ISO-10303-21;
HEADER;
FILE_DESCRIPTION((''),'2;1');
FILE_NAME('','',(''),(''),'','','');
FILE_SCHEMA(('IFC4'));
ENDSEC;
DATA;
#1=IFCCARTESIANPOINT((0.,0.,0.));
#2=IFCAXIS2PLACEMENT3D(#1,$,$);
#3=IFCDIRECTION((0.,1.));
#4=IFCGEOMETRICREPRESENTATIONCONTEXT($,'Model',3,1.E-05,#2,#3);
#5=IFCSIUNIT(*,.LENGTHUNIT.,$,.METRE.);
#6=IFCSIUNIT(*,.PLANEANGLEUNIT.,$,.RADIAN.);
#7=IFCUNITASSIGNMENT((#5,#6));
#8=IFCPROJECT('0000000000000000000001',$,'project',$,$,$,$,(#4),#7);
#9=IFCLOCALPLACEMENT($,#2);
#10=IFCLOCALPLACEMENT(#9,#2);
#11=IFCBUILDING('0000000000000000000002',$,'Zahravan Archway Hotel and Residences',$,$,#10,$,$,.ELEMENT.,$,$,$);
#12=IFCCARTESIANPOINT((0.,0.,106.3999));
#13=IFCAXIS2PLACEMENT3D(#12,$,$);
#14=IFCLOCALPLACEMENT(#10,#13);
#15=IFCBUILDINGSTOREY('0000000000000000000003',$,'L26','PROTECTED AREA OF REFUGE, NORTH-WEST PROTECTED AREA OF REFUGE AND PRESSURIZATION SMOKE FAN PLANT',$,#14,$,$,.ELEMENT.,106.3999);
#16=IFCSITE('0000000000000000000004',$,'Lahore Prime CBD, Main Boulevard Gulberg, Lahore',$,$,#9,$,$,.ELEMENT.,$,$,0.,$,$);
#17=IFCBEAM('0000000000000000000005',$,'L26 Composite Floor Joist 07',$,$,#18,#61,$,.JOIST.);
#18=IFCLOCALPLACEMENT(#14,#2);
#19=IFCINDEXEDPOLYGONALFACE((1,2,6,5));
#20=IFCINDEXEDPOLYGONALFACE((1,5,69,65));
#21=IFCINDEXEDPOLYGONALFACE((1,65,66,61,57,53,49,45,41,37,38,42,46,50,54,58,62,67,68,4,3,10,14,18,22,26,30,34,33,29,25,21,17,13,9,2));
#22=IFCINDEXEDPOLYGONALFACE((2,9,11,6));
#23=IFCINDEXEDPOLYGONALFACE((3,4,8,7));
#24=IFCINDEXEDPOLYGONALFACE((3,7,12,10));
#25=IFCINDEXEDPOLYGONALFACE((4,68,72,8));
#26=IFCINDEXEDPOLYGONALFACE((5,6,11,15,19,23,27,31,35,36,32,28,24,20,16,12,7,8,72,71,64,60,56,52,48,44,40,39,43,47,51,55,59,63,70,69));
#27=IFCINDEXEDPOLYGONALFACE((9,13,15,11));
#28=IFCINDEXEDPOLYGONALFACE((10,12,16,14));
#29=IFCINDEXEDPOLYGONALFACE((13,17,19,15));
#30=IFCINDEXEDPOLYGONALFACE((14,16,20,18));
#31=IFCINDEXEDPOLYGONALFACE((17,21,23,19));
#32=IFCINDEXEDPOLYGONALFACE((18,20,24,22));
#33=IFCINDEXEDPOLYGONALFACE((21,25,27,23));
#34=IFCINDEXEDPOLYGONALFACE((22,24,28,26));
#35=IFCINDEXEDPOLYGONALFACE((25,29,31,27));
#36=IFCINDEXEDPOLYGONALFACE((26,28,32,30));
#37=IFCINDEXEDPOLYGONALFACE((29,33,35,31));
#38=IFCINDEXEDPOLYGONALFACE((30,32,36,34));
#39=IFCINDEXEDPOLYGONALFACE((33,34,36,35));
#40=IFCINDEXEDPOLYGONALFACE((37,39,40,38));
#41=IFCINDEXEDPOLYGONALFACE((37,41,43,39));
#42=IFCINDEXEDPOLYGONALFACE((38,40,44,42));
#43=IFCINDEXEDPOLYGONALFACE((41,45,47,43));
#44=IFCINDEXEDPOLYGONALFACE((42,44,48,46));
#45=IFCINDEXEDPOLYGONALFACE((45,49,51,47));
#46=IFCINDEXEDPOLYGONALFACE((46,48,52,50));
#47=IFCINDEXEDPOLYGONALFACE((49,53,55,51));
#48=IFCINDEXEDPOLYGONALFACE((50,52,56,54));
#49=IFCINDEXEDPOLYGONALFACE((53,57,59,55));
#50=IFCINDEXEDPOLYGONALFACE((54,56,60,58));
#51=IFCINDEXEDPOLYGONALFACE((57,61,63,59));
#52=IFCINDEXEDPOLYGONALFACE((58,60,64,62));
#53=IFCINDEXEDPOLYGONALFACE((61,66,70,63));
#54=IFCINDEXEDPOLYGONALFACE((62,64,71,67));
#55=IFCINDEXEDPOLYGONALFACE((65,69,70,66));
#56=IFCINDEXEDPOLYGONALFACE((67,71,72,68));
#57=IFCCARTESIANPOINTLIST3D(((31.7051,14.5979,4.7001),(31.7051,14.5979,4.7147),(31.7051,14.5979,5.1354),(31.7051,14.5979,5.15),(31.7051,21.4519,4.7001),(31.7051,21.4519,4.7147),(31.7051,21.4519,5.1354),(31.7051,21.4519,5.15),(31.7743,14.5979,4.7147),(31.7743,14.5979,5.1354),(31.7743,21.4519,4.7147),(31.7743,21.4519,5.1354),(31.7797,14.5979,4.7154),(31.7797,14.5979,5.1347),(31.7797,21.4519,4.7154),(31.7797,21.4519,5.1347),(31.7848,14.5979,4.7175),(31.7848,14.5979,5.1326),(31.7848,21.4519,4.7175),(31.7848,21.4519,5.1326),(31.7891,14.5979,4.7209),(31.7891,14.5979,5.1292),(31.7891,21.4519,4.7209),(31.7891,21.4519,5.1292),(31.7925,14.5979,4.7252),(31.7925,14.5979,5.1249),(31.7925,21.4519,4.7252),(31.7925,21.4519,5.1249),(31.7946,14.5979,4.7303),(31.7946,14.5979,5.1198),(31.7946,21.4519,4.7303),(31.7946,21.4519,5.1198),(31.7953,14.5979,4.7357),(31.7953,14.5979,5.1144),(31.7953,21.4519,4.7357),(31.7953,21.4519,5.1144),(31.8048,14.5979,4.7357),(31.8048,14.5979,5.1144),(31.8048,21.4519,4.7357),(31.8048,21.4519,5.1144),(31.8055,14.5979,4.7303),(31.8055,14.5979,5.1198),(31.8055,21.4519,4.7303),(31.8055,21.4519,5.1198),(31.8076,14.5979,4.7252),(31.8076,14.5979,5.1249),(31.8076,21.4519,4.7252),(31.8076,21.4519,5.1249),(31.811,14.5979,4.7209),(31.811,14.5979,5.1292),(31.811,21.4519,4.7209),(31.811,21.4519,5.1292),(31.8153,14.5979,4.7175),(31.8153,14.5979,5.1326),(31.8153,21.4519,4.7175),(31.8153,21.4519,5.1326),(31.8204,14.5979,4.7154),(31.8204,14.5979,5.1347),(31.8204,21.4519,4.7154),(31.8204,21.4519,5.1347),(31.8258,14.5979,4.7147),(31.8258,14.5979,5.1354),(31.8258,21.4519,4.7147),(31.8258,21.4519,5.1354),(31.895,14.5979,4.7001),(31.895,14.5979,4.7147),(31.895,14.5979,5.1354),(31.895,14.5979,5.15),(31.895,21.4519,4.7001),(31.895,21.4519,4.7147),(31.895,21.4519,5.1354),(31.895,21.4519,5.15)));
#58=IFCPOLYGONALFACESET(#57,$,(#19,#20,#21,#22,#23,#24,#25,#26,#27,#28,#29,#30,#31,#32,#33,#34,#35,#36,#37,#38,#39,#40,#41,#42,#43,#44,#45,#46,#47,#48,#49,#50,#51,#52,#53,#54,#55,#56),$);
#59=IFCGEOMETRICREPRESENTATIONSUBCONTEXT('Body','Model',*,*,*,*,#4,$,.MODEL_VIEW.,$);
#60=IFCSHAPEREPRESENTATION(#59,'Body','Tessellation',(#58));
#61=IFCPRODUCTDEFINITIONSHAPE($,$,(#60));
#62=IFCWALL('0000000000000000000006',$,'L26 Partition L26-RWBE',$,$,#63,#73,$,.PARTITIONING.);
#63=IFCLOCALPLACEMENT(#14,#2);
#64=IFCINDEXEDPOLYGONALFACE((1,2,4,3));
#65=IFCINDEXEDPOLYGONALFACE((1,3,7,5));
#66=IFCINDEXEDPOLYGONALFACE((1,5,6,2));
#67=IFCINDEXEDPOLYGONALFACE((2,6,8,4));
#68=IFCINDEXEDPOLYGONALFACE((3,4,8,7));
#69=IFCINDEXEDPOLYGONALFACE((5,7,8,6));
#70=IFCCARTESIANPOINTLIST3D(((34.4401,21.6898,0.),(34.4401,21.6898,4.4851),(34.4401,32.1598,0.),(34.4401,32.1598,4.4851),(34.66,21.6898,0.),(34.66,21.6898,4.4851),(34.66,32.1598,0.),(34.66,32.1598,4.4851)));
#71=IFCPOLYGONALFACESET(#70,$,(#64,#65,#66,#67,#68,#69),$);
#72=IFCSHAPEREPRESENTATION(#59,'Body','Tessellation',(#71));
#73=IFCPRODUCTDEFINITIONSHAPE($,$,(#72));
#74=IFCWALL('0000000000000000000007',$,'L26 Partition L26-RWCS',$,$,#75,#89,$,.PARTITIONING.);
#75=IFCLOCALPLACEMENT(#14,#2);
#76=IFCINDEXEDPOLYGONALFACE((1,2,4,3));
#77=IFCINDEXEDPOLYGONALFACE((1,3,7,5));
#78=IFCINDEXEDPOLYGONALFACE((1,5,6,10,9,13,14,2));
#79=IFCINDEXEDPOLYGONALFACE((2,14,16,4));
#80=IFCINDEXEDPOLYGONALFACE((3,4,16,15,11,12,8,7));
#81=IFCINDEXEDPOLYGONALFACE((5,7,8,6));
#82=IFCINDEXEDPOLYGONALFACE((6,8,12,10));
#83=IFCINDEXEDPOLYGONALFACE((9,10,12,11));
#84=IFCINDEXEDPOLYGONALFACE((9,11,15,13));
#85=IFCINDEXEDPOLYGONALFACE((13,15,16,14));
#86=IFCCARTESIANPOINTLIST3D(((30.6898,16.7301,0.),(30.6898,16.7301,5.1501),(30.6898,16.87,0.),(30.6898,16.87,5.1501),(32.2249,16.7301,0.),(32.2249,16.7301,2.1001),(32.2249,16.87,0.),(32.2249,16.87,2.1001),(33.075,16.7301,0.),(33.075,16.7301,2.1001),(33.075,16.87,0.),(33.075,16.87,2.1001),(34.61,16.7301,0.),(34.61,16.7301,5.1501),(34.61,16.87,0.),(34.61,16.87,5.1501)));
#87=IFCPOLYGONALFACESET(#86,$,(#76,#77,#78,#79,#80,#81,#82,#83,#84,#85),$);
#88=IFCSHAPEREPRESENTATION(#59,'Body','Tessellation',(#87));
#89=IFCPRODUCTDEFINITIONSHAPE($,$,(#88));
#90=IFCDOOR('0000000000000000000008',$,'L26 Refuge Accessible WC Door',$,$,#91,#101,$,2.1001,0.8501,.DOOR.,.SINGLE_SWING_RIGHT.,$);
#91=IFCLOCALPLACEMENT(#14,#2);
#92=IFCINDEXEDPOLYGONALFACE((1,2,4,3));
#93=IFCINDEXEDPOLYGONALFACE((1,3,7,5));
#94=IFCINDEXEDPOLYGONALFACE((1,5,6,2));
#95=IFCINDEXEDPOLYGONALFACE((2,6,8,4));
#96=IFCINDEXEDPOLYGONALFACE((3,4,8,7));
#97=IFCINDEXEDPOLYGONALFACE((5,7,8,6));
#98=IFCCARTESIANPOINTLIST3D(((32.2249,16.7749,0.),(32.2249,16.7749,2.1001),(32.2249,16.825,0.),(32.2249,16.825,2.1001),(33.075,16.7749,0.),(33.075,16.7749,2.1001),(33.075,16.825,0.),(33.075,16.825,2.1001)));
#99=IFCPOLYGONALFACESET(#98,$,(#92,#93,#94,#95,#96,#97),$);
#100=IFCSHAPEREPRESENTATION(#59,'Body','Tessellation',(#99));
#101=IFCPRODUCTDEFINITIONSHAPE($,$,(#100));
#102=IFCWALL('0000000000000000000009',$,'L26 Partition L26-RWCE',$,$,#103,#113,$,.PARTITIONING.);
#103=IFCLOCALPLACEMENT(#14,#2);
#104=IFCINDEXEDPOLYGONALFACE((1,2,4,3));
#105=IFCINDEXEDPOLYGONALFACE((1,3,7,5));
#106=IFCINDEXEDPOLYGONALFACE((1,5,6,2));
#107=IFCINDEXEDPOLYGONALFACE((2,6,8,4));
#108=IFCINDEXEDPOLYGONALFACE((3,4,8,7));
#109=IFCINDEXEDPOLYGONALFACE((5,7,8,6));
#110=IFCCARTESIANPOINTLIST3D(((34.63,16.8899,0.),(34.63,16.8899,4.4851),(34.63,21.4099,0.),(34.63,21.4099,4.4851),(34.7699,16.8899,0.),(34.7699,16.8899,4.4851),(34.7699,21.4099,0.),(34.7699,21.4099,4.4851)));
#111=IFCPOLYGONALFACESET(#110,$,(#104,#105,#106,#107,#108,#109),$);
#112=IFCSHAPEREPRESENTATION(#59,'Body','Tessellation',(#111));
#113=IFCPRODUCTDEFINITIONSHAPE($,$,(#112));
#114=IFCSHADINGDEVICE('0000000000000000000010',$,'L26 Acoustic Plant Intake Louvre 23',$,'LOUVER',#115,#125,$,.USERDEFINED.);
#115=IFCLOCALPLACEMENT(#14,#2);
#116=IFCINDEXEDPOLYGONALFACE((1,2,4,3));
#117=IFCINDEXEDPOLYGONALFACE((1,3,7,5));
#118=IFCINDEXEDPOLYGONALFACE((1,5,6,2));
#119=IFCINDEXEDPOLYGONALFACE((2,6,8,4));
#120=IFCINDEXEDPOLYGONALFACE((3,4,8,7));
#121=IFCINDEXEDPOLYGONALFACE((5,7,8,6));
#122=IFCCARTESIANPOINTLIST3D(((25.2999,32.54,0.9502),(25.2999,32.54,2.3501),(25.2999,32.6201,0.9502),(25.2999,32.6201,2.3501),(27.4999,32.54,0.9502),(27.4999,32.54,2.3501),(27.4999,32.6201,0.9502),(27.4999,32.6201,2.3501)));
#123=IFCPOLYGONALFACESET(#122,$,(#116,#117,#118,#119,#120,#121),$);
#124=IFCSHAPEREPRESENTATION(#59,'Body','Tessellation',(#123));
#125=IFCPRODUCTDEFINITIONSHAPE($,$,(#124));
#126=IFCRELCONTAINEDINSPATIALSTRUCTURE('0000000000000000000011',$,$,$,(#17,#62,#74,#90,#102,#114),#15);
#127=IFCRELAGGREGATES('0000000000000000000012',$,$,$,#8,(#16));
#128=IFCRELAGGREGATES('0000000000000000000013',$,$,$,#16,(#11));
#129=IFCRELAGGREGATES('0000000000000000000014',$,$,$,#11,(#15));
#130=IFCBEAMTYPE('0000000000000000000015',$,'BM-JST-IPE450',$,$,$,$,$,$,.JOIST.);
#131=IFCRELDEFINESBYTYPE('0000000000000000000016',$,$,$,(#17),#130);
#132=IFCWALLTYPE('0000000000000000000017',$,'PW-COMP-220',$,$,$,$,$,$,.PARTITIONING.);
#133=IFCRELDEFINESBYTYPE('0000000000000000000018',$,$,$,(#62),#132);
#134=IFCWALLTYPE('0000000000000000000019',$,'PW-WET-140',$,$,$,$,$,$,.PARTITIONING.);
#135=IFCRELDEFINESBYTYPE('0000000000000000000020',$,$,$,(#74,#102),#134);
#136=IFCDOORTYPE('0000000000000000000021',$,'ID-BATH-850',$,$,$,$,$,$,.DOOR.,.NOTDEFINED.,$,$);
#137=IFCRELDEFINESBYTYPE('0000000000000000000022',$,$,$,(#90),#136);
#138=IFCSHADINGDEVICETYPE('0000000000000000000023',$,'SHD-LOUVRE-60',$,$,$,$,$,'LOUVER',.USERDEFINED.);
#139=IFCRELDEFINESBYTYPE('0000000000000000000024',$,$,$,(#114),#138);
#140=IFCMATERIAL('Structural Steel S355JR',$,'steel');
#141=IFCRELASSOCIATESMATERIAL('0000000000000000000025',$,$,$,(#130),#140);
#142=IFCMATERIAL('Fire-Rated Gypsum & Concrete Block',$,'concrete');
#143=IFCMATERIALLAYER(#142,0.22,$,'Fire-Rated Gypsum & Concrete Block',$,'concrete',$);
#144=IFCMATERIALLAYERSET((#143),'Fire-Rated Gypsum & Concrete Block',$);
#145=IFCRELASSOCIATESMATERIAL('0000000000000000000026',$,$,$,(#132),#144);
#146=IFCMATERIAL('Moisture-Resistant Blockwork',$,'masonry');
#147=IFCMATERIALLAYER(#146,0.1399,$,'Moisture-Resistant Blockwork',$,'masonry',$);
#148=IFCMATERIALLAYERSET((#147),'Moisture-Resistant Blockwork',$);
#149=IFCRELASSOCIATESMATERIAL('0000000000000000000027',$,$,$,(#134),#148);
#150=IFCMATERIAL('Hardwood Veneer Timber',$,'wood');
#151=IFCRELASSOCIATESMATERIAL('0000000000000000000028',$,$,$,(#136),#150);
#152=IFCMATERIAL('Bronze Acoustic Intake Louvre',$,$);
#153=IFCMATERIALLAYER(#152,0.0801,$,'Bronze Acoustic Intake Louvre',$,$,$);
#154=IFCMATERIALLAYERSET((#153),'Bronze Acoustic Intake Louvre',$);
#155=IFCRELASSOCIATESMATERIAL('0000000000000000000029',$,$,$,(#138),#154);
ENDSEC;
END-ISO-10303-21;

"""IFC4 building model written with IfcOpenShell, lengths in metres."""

from ifc_helpers import new_model, si_unit, direction, frame, frame_2d, origin, origin_2d, place, context, subcontext, project, spatial, rectangle, i_section, extrude, source, transform, mapped, material, layer, layer_set, material_profile, profile_set, type_object, type_shapes, element, fill, save


model = new_model("IFC4")

# Units and contexts
model_context = context("Model", 3, precision=1e-05, world=origin(), true_north=direction((0.0, 1.0)))
body_context = subcontext(model_context, "Body", "Model", "MODEL_VIEW")
ifc_project = project(units=[si_unit("LENGTHUNIT", "METRE"), si_unit("PLANEANGLEUNIT", "RADIAN")], contexts=[model_context])

# Site, building, storey
site_placement = place(None, origin())
site = spatial("IfcSite", under=ifc_project, at=site_placement, Name="Lahore Prime CBD, Main Boulevard Gulberg, Lahore", CompositionType="ELEMENT", RefElevation=0.0)
building_placement = place(site_placement, origin())
building = spatial("IfcBuilding", under=site, at=building_placement, Name="Zahravan Archway Hotel and Residences", CompositionType="ELEMENT")
storey_placement = place(building_placement, frame((0.0, 0.0, 106.3999)))
storey = spatial("IfcBuildingStorey", under=building, at=storey_placement, Name="L26", Description="PROTECTED AREA OF REFUGE, NORTH-WEST PROTECTED AREA OF REFUGE AND PRESSURIZATION SMOKE FAN PLANT", CompositionType="ELEMENT", Elevation=106.3999)

# Beam
ifc_material_1 = material(Name="Structural Steel S355JR", Category="steel")
ifc_material_profile_1 = material_profile(ifc_material_1, i_section(OverallWidth=0.1899, OverallDepth=0.45, WebThickness=0.0095, FlangeThickness=0.0146, FilletRadius=0.021, at=origin_2d()), Name="IPE 450", Category="steel")
ifc_profile_set_1 = profile_set([ifc_material_profile_1], Name="Structural Steel S355JR")
beam_type_1 = type_object("IfcBeamType", Name="BM-JST-IPE450", PredefinedType="JOIST", material=ifc_profile_set_1)
shared_shape_1 = source(origin(), body_context, "Body", "SweptSolid", [
    extrude(i_section(OverallWidth=0.1899, OverallDepth=0.45, WebThickness=0.0095, FlangeThickness=0.0146, FilletRadius=0.021, at=origin_2d()), origin(), (0.0, 0.0, 1.0), 6.854),
])
beam_1_placement = place(storey_placement, frame((31.8, 14.5979, 4.925), z_axis=(0.0, 1.0, 0.0), x_axis=(-1.0, 0.0, 0.0)))
element("IfcBeam", 1, at=beam_1_placement, inside=storey, type_object=beam_type_1, Name="L26 Composite Floor Joist 07", PredefinedType="JOIST", context=body_context, shape_type="MappedRepresentation", body=[
    mapped(shared_shape_1, transform((0.0, 0.0, 0.0), scale=1.0)),
])

# Wall
ifc_material_2 = material(Name="Fire-Rated Gypsum & Concrete Block", Category="concrete")
ifc_layer_1 = layer(ifc_material_2, 0.22, Name="Fire-Rated Gypsum & Concrete Block", Category="concrete")
ifc_layer_set_1 = layer_set([ifc_layer_1], Name="Fire-Rated Gypsum & Concrete Block")
wall_type_1 = type_object("IfcWallType", Name="PW-COMP-220", PredefinedType="PARTITIONING", material=ifc_layer_set_1)
wall_1_placement = place(storey_placement, frame((34.55, 21.6899, 0.0), z_axis=(0.0, 0.0, 1.0), x_axis=(0.0, 1.0, 0.0)))
element("IfcWall", 2, at=wall_1_placement, inside=storey, type_object=wall_type_1, Name="L26 Partition L26-RWBE", PredefinedType="PARTITIONING", context=body_context, shape_type="SweptSolid", body=[
    extrude(rectangle(XDim=10.47, YDim=0.22, at=frame_2d((5.2349, 0.0))), origin(), (0.0, 0.0, 1.0), 4.4851),
])

# Wall, opening, door
ifc_material_3 = material(Name="Moisture-Resistant Blockwork", Category="masonry")
ifc_layer_2 = layer(ifc_material_3, 0.1399, Name="Moisture-Resistant Blockwork", Category="masonry")
ifc_layer_set_2 = layer_set([ifc_layer_2], Name="Moisture-Resistant Blockwork")
wall_type_2 = type_object("IfcWallType", Name="PW-WET-140", PredefinedType="PARTITIONING", material=ifc_layer_set_2)
wall_2_placement = place(storey_placement, frame((30.6899, 16.8, 0.0), z_axis=(0.0, 0.0, 1.0), x_axis=(1.0, 0.0, 0.0)))
wall_2 = element("IfcWall", 3, at=wall_2_placement, inside=storey, type_object=wall_type_2, Name="L26 Partition L26-RWCS", PredefinedType="PARTITIONING", context=body_context, shape_type="SweptSolid", body=[
    extrude(rectangle(XDim=3.9202, YDim=0.1399, at=frame_2d((1.96, 0.0))), origin(), (0.0, 0.0, 1.0), 5.1501),
])
opening_1_placement = place(wall_2_placement, frame((1.5349, 0.0, 0.0)))
opening_1 = element("IfcOpeningElement", 4, at=opening_1_placement, cuts=wall_2, PredefinedType="OPENING", context=body_context, shape_type="SweptSolid", body=[
    extrude(rectangle(XDim=0.8501, YDim=2.1001, at=frame_2d((0.425, 1.05))), frame((0.0, 0.0801, 0.0), z_axis=(0.0, -1.0, 0.0), x_axis=(1.0, 0.0, 0.0)), (0.0, 0.0, 1.0), 0.1599),
])
ifc_material_4 = material(Name="Hardwood Veneer Timber", Category="wood")
door_type_1 = type_object("IfcDoorType", Name="ID-BATH-850", OperationType="NOTDEFINED", PredefinedType="DOOR", material=ifc_material_4)
shared_shape_2 = source(origin(), body_context, "Body", "SweptSolid", [
    extrude(rectangle(XDim=0.8501, YDim=2.1001, at=frame_2d((0.425, 1.05))), frame((0.0, 0.0249, 0.0), z_axis=(0.0, -1.0, 0.0), x_axis=(1.0, 0.0, 0.0)), (0.0, 0.0, 1.0), 0.05),
])
type_shapes(door_type_1, [shared_shape_2])
door_1_placement = place(opening_1_placement, origin())
door_1 = element("IfcDoor", 5, at=door_1_placement, inside=storey, type_object=door_type_1, Name="L26 Refuge Accessible WC Door", OperationType="SINGLE_SWING_RIGHT", OverallHeight=2.1001, OverallWidth=0.8501, PredefinedType="DOOR", context=body_context, shape_type="MappedRepresentation", body=[
    mapped(shared_shape_2, transform((0.0, 0.0, 0.0), scale=1.0)),
])
fill(opening_1, door_1)

# Wall
wall_3_placement = place(storey_placement, frame((34.7, 16.8899, 0.0), z_axis=(0.0, 0.0, 1.0), x_axis=(0.0, 1.0, 0.0)))
element("IfcWall", 6, at=wall_3_placement, inside=storey, type_object=wall_type_2, Name="L26 Partition L26-RWCE", PredefinedType="PARTITIONING", context=body_context, shape_type="SweptSolid", body=[
    extrude(rectangle(XDim=4.52, YDim=0.1399, at=frame_2d((2.26, 0.0))), origin(), (0.0, 0.0, 1.0), 4.4851),
])

# Shading device
ifc_material_5 = material(Name="Bronze Acoustic Intake Louvre")
ifc_layer_3 = layer(ifc_material_5, 0.0801, Name="Bronze Acoustic Intake Louvre")
ifc_layer_set_3 = layer_set([ifc_layer_3], Name="Bronze Acoustic Intake Louvre")
shading_device_type = type_object("IfcShadingDeviceType", Name="SHD-LOUVRE-60", ElementType="LOUVER", PredefinedType="USERDEFINED", material=ifc_layer_set_3)
shared_shape_3 = source(origin(), body_context, "Body", "SweptSolid", [
    extrude(rectangle(XDim=2.2, YDim=0.0801, at=origin_2d()), origin(), (0.0, 0.0, 1.0), 1.3999),
])
type_shapes(shading_device_type, [shared_shape_3])
shading_device_placement = place(storey_placement, frame((26.3999, 32.5801, 0.9502), z_axis=(0.0, 0.0, 1.0), x_axis=(1.0, 0.0, 0.0)))
element("IfcShadingDevice", 7, at=shading_device_placement, inside=storey, type_object=shading_device_type, Name="L26 Acoustic Plant Intake Louvre 23", ObjectType="LOUVER", PredefinedType="USERDEFINED", context=body_context, shape_type="MappedRepresentation", body=[
    mapped(shared_shape_3, transform((0.0, 0.0, 0.0), scale=1.0)),
])

save(model, "model.ifc")
